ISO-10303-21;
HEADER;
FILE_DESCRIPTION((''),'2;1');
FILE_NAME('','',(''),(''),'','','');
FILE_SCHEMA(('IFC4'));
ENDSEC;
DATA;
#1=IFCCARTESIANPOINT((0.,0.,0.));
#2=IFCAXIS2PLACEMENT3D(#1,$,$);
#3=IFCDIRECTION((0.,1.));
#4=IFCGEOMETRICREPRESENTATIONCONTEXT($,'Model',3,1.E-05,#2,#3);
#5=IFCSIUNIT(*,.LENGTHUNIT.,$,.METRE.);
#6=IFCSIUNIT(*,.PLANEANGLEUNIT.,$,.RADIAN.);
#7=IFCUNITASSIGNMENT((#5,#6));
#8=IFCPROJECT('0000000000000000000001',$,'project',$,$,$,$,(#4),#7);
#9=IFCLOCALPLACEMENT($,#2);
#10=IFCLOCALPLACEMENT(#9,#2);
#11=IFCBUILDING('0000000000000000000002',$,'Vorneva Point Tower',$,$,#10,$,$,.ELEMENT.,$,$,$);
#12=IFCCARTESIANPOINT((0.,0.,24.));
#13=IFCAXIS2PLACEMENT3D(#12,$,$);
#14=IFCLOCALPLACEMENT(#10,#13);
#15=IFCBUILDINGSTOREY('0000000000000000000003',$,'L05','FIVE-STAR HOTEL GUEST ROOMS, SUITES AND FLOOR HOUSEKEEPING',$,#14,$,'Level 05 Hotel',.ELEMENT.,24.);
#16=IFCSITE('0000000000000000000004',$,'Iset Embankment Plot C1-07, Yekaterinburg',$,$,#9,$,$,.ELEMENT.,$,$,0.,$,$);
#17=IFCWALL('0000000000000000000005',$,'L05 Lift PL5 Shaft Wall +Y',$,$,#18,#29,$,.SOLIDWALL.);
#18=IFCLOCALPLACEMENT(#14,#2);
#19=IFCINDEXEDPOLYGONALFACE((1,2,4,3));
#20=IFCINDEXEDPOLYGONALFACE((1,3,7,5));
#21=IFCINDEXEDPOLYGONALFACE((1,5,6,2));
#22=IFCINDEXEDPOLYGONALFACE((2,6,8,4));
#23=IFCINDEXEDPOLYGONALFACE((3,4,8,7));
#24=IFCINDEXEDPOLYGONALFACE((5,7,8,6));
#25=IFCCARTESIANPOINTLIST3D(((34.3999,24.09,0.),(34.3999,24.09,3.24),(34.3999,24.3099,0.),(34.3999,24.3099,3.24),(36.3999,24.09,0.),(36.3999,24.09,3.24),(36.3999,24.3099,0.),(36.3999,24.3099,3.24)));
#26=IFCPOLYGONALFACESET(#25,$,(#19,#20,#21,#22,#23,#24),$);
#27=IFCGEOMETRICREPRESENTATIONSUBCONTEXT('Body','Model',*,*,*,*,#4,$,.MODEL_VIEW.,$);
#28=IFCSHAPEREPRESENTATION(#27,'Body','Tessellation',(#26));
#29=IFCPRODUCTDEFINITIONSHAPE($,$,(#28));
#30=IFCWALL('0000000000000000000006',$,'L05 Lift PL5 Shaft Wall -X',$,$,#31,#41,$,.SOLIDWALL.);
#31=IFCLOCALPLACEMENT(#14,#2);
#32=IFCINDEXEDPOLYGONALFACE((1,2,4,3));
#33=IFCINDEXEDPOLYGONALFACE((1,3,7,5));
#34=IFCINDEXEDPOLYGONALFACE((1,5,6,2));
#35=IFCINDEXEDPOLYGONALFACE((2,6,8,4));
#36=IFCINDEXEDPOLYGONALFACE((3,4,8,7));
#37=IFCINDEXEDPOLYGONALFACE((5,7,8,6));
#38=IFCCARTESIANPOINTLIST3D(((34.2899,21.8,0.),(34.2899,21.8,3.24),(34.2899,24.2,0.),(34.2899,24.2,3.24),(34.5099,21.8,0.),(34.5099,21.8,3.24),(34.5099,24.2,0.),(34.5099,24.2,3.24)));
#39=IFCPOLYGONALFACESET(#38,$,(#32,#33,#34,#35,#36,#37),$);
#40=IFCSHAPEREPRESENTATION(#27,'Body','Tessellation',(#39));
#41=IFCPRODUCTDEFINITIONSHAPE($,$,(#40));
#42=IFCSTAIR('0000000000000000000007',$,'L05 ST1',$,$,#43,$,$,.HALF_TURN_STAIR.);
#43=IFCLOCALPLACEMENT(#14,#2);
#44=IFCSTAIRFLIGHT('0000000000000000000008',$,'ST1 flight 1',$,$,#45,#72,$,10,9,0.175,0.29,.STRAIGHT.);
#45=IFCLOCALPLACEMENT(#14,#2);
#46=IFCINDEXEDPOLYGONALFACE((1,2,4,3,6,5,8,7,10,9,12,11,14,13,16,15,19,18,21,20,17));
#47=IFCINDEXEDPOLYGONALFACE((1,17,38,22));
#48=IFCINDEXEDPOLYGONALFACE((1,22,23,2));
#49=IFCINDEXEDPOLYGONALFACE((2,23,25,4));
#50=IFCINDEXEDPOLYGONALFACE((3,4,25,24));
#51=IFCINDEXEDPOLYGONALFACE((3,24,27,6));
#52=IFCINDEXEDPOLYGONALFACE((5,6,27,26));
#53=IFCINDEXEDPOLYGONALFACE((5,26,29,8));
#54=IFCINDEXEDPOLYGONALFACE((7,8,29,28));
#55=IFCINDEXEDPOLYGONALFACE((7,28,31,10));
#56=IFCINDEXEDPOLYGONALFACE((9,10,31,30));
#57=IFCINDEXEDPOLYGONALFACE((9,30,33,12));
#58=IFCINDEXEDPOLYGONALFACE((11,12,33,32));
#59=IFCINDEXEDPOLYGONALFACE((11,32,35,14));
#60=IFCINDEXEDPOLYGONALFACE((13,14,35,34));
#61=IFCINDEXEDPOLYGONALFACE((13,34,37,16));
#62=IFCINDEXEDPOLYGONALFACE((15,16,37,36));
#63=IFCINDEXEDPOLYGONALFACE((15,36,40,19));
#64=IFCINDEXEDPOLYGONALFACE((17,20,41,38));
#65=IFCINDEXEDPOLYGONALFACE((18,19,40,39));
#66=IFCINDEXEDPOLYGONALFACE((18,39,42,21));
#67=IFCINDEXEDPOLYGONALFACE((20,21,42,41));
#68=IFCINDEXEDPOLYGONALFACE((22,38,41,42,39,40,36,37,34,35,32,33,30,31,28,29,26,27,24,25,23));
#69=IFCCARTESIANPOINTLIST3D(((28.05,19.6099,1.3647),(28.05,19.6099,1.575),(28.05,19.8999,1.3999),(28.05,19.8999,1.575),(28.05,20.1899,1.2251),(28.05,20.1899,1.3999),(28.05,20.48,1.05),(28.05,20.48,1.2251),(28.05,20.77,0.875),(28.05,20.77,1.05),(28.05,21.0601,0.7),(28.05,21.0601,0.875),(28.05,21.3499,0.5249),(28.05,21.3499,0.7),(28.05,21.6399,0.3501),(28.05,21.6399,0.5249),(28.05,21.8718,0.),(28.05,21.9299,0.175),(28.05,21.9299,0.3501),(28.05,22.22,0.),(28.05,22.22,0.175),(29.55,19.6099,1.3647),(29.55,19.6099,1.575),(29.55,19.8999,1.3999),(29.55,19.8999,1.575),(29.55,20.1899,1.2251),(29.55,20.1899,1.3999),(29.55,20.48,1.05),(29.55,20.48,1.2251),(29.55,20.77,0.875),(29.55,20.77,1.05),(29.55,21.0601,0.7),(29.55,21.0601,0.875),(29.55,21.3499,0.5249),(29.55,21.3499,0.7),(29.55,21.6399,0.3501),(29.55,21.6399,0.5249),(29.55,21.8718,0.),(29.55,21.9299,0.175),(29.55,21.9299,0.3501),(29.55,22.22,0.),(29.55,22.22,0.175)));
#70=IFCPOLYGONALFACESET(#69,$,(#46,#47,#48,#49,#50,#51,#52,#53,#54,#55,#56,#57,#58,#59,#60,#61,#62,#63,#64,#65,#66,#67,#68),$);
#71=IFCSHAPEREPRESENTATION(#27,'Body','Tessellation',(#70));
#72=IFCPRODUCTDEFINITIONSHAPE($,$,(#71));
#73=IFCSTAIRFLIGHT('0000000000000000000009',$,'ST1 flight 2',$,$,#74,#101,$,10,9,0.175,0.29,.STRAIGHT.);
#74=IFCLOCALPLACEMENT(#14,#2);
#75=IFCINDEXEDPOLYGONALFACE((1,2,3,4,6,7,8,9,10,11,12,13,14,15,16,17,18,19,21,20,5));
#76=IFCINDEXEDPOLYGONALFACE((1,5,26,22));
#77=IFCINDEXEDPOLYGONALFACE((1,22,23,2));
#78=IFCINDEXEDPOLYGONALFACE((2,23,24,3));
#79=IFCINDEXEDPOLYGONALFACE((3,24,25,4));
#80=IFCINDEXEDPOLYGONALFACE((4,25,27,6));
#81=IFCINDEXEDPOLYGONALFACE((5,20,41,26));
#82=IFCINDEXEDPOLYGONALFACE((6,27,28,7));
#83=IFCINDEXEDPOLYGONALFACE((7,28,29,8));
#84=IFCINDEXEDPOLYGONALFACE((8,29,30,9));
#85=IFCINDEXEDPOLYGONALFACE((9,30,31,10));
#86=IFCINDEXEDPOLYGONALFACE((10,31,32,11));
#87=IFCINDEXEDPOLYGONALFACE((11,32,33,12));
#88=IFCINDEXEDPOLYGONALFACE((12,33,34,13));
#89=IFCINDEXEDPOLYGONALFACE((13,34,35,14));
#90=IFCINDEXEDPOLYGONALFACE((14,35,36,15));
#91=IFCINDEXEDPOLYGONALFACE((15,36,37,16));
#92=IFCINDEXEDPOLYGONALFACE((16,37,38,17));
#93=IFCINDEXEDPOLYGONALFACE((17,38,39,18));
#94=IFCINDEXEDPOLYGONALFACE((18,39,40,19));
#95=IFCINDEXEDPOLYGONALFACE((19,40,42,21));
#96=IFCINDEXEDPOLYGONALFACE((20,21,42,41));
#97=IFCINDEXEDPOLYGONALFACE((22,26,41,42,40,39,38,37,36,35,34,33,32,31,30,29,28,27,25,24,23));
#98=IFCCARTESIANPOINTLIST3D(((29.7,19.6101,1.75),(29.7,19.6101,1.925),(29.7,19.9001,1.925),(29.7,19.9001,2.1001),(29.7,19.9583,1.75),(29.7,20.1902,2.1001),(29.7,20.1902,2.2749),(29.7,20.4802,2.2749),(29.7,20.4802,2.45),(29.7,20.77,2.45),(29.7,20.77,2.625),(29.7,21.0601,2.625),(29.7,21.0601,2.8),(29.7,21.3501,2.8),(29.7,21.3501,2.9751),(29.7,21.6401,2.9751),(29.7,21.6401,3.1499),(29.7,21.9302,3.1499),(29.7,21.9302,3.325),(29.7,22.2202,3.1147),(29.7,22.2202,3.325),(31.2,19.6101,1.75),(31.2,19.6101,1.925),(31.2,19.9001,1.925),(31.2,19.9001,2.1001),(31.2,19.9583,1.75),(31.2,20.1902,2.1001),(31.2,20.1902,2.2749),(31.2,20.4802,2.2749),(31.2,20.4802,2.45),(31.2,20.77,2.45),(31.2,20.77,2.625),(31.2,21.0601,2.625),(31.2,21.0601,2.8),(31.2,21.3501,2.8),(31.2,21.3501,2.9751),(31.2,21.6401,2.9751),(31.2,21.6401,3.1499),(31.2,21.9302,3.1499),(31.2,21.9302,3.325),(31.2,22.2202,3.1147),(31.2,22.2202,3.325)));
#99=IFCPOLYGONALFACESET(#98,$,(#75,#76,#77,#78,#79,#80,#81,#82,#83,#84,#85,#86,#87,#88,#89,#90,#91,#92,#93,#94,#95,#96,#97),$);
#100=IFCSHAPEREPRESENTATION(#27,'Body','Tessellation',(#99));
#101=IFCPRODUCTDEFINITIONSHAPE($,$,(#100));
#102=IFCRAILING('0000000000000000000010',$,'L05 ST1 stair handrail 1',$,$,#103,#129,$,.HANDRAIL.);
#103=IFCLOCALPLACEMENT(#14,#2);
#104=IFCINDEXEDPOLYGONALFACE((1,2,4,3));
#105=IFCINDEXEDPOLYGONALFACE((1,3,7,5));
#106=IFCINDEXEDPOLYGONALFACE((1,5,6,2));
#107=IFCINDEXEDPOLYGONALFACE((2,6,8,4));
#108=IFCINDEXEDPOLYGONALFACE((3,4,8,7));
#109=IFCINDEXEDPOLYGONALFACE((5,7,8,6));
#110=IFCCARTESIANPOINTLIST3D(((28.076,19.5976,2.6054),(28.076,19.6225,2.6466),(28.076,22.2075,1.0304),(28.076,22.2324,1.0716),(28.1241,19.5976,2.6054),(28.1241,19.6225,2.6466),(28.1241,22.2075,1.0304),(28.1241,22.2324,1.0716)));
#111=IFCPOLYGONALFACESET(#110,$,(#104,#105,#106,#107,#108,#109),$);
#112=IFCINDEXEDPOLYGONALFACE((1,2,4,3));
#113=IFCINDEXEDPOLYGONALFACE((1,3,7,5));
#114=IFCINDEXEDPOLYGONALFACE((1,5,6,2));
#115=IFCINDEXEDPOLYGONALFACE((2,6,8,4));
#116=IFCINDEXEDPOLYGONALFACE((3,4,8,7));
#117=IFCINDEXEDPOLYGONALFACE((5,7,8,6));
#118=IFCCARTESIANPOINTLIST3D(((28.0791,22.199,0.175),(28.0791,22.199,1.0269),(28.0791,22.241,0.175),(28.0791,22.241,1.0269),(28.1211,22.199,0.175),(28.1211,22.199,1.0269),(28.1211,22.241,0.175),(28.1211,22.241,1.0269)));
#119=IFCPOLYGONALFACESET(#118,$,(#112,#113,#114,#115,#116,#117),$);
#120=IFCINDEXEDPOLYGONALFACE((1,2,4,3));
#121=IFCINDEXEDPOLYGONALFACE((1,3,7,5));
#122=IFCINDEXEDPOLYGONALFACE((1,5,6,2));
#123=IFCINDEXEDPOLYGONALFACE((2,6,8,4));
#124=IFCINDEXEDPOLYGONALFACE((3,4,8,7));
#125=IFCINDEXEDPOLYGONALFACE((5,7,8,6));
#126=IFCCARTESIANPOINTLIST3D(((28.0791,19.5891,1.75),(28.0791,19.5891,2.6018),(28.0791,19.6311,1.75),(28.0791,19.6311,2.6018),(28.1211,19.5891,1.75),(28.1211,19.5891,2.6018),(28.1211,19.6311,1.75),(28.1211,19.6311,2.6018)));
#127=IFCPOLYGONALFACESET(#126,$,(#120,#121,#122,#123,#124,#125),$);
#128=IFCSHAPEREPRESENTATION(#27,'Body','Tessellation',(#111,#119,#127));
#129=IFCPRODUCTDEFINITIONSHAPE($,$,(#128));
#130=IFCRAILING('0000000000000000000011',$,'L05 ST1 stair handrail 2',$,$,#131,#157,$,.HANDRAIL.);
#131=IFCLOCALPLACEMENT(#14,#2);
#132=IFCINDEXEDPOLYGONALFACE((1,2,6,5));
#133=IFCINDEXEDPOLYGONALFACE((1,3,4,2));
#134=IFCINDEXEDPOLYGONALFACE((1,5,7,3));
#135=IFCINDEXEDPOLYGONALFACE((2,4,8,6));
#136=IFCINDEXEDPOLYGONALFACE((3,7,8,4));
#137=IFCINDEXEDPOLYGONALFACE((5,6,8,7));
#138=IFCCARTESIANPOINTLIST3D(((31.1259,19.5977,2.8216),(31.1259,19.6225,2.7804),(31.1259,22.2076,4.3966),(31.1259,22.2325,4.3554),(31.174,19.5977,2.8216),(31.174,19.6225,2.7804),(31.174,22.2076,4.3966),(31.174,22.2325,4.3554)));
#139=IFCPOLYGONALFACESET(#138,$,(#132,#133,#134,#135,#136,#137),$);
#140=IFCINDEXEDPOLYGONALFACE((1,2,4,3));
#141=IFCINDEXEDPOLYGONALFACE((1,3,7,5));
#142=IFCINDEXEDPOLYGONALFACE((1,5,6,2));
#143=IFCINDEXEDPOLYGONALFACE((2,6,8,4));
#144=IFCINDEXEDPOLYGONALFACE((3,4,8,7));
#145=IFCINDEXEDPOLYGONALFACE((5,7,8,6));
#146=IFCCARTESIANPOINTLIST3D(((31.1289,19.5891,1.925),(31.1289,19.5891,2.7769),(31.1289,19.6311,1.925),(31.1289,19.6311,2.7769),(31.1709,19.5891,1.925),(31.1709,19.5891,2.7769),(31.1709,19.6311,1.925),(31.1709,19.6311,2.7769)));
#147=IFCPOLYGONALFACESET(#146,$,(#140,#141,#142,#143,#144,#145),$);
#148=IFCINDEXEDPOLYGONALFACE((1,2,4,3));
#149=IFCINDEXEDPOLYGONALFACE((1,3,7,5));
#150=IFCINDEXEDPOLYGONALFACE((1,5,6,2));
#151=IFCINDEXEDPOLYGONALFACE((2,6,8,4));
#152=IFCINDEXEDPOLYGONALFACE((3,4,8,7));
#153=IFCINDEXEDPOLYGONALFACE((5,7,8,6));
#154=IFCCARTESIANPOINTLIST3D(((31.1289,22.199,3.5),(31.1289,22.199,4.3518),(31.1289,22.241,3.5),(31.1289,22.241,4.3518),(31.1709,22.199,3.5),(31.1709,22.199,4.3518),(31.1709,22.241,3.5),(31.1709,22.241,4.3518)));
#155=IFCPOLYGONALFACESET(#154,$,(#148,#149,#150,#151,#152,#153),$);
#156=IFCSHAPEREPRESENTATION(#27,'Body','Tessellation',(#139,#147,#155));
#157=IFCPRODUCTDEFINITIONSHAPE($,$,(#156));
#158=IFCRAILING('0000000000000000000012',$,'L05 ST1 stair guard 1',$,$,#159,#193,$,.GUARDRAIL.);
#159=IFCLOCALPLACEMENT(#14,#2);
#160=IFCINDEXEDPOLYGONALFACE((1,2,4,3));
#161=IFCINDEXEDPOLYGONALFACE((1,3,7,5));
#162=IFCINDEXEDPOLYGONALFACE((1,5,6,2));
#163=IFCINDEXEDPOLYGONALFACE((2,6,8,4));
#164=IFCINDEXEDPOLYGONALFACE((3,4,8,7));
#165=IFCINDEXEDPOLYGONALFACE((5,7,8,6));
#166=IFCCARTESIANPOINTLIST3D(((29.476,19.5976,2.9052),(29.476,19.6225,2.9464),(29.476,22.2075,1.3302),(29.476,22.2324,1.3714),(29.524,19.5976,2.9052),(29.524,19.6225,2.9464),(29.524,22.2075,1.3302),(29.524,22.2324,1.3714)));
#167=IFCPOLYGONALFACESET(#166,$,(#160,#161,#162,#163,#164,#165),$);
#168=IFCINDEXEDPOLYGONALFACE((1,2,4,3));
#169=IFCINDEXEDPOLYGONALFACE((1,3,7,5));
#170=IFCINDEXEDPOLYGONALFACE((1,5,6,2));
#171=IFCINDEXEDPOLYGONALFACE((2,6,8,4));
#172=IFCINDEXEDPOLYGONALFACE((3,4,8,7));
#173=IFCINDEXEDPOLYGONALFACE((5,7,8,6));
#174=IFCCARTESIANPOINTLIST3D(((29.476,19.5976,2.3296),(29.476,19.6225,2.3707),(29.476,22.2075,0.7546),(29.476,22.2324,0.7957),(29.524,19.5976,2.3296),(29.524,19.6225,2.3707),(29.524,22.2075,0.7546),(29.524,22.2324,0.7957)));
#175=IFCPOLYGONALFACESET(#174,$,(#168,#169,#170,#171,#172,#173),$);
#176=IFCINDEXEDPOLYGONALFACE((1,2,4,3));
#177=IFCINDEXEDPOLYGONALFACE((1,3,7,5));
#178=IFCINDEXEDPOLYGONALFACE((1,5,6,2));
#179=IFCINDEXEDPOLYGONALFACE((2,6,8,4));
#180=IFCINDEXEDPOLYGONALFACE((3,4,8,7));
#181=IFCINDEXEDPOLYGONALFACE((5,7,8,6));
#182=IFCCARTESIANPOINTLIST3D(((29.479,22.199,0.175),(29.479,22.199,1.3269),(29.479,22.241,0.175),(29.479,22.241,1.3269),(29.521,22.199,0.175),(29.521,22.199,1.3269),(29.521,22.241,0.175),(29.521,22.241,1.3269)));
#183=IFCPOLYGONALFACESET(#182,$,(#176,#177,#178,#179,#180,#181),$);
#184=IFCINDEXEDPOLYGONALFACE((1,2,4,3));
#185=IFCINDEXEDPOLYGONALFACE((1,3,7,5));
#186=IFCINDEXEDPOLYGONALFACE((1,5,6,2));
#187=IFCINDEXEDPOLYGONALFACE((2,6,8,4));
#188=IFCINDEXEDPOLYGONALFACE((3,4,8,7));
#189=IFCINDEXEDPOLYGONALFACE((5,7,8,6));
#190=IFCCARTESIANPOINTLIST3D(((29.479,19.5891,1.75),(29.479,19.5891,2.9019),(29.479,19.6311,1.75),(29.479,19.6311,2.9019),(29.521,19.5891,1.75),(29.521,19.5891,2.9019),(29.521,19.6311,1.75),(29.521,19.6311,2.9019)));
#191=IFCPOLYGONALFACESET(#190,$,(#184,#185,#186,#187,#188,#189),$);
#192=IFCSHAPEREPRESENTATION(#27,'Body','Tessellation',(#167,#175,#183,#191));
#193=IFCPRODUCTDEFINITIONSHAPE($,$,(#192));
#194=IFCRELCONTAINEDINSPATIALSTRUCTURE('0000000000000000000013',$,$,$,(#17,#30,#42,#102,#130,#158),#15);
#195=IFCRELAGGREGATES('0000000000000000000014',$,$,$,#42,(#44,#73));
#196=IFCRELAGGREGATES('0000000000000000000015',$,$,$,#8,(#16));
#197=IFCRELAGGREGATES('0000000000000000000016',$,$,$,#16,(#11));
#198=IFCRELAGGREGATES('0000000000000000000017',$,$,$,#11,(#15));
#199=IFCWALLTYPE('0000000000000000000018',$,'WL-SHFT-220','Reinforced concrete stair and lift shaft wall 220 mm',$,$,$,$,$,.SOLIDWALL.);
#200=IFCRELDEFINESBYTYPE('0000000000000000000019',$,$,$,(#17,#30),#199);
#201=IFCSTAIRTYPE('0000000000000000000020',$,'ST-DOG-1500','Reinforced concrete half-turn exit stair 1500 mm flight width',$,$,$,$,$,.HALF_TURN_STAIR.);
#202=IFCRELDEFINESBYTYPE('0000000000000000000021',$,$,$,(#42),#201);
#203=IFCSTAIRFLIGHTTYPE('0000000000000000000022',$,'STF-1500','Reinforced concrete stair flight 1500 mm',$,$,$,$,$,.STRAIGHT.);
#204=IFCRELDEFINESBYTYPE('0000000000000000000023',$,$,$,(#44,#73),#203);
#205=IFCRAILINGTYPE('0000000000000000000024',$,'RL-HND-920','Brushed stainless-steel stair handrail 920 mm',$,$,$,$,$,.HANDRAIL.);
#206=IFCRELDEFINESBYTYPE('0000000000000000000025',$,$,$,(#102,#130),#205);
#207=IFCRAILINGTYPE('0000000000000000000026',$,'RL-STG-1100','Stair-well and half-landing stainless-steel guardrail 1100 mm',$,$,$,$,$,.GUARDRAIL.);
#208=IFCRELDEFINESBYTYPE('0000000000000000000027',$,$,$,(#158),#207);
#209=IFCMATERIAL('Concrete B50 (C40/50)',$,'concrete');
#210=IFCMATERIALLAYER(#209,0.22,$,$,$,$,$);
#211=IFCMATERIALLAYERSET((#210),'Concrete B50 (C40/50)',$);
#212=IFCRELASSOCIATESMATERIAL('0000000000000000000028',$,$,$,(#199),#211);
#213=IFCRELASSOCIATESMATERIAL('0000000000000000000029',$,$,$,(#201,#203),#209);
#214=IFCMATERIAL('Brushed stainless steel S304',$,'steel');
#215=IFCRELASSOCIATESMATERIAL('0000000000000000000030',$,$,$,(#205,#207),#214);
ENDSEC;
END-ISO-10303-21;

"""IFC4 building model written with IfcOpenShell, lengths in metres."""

from ifc_helpers import new_model, si_unit, direction, frame, frame_2d, origin, origin_2d, place, context, subcontext, project, spatial, polyline, rectangle, outline, extrude, material, layer, layer_set, type_object, element, aggregate, save


model = new_model("IFC4")

# Units and contexts
model_context = context("Model", 3, precision=1e-05, world=origin(), true_north=direction((0.0, 1.0)))
body_context = subcontext(model_context, "Body", "Model", "MODEL_VIEW")
ifc_project = project(units=[si_unit("LENGTHUNIT", "METRE"), si_unit("PLANEANGLEUNIT", "RADIAN")], contexts=[model_context])

# Site, building, storey
site_placement = place(None, origin())
site = spatial("IfcSite", under=ifc_project, at=site_placement, Name="Iset Embankment Plot C1-07, Yekaterinburg", CompositionType="ELEMENT", RefElevation=0.0)
building_placement = place(site_placement, origin())
building = spatial("IfcBuilding", under=site, at=building_placement, Name="Vorneva Point Tower", CompositionType="ELEMENT")
storey_placement = place(building_placement, frame((0.0, 0.0, 24.0)))
storey = spatial("IfcBuildingStorey", under=building, at=storey_placement, Name="L05", Description="FIVE-STAR HOTEL GUEST ROOMS, SUITES AND FLOOR HOUSEKEEPING", LongName="Level 05 Hotel", CompositionType="ELEMENT", Elevation=24.0)

# Shared definitions
ifc_material_1 = material(Name="Concrete B50 (C40/50)", Category="concrete")
ifc_layer_1 = layer(ifc_material_1, 0.22)
ifc_layer_set_1 = layer_set([ifc_layer_1], Name="Concrete B50 (C40/50)")
wall_type_1 = type_object("IfcWallType", Name="WL-SHFT-220", Description="Reinforced concrete stair and lift shaft wall 220 mm", PredefinedType="SOLIDWALL", material=ifc_layer_set_1)

# Walls
wall_1_placement = place(storey_placement, frame((36.3999, 24.2, 0.0), z_axis=(0.0, 0.0, 1.0), x_axis=(-1.0, 0.0, 0.0)))
element("IfcWall", 1, at=wall_1_placement, inside=storey, type_object=wall_type_1, Name="L05 Lift PL5 Shaft Wall +Y", PredefinedType="SOLIDWALL", context=body_context, shape_type="SweptSolid", body=[
    extrude(rectangle(XDim=2.0, YDim=0.22, at=frame_2d((1.0, 0.0))), origin(), (0.0, 0.0, 1.0), 3.24),
])
wall_2_placement = place(storey_placement, frame((34.3999, 24.2, 0.0), z_axis=(0.0, 0.0, 1.0), x_axis=(0.0, -1.0, 0.0)))
element("IfcWall", 2, at=wall_2_placement, inside=storey, type_object=wall_type_1, Name="L05 Lift PL5 Shaft Wall -X", PredefinedType="SOLIDWALL", context=body_context, shape_type="SweptSolid", body=[
    extrude(rectangle(XDim=2.3999, YDim=0.22, at=frame_2d((1.2, 0.0))), origin(), (0.0, 0.0, 1.0), 3.24),
])

# Stair, stair flights
stair_type = type_object("IfcStairType", Name="ST-DOG-1500", Description="Reinforced concrete half-turn exit stair 1500 mm flight width", PredefinedType="HALF_TURN_STAIR", material=ifc_material_1)
stair_placement = place(storey_placement, origin())
stair = element("IfcStair", 3, at=stair_placement, inside=storey, type_object=stair_type, Name="L05 ST1", PredefinedType="HALF_TURN_STAIR")
stair_flight_type = type_object("IfcStairFlightType", Name="STF-1500", Description="Reinforced concrete stair flight 1500 mm", PredefinedType="STRAIGHT", material=ifc_material_1)
stair_flight_1_placement = place(storey_placement, frame((28.8, 22.22, 0.0), z_axis=(0.0, 0.0, 1.0), x_axis=(0.0, -1.0, 0.0)))
stair_flight_1 = element("IfcStairFlight", 4, at=stair_flight_1_placement, type_object=stair_flight_type, Name="ST1 flight 1", NumberOfRisers=10, NumberOfTreads=9, PredefinedType="STRAIGHT", RiserHeight=0.175, TreadLength=0.29, context=body_context, shape_type="SweptSolid", body=[
    extrude(outline(polyline([(0.0, 0.0), (0.0, 0.175), (0.29, 0.175), (0.29, 0.3501), (0.5801, 0.3501), (0.5801, 0.5249), (0.8701, 0.5249), (0.8701, 0.7), (1.1599, 0.7), (1.1599, 0.875), (1.45, 0.875), (1.45, 1.05), (1.74, 1.05), (1.74, 1.2251), (2.03, 1.2251), (2.03, 1.3999), (2.3201, 1.3999), (2.3201, 1.575), (2.6101, 1.575), (2.6101, 1.75), (2.6101, 1.3647), (0.3481, 0.0), (0.0, 0.0)])), frame((0.0, 0.75, 0.0), z_axis=(0.0, -1.0, 0.0), x_axis=(1.0, 0.0, 0.0)), (0.0, 0.0, 1.0), 1.5),
])
stair_flight_2_placement = place(storey_placement, frame((30.45, 19.6101, 1.75), z_axis=(0.0, 0.0, 1.0), x_axis=(0.0, 1.0, 0.0)))
stair_flight_2 = element("IfcStairFlight", 5, at=stair_flight_2_placement, type_object=stair_flight_type, Name="ST1 flight 2", NumberOfRisers=10, NumberOfTreads=9, PredefinedType="STRAIGHT", RiserHeight=0.175, TreadLength=0.29, context=body_context, shape_type="SweptSolid", body=[
    extrude(outline(polyline([(0.0, 0.0), (0.0, 0.175), (0.29, 0.175), (0.29, 0.3501), (0.5801, 0.3501), (0.5801, 0.5249), (0.8701, 0.5249), (0.8701, 0.7), (1.1599, 0.7), (1.1599, 0.875), (1.45, 0.875), (1.45, 1.05), (1.74, 1.05), (1.74, 1.2251), (2.03, 1.2251), (2.03, 1.3999), (2.3201, 1.3999), (2.3201, 1.575), (2.6101, 1.575), (2.6101, 1.75), (2.6101, 1.3647), (0.3481, 0.0), (0.0, 0.0)])), frame((0.0, 0.75, 0.0), z_axis=(0.0, -1.0, 0.0), x_axis=(1.0, 0.0, 0.0)), (0.0, 0.0, 1.0), 1.5),
])
aggregate(stair, [stair_flight_1, stair_flight_2])

# Railings
ifc_material_2 = material(Name="Brushed stainless steel S304", Category="steel")
railing_type_1 = type_object("IfcRailingType", Name="RL-HND-920", Description="Brushed stainless-steel stair handrail 920 mm", PredefinedType="HANDRAIL", material=ifc_material_2)
railing_1_placement = place(storey_placement, frame((28.1001, 22.22, 0.175)))
element("IfcRailing", 6, at=railing_1_placement, inside=storey, type_object=railing_type_1, Name="L05 ST1 stair handrail 1", PredefinedType="HANDRAIL", context=body_context, shape_type="SweptSolid", body=[
    extrude(rectangle(XDim=0.0481, YDim=0.0481, at=origin_2d()), frame((0.0, 0.0, 0.876), z_axis=(0.0, -0.856183, 0.516673), x_axis=(1.0, 0.0, 0.0)), (0.0, 0.0, 1.0), 3.0483),
    extrude(rectangle(XDim=0.042, YDim=0.042, at=origin_2d()), origin(), (0.0, 0.0, 1.0), 0.8518),
    extrude(rectangle(XDim=0.042, YDim=0.042, at=origin_2d()), frame((0.0, -2.6099, 1.575)), (0.0, 0.0, 1.0), 0.8518),
])
railing_2_placement = place(storey_placement, frame((31.1499, 19.6101, 1.925)))
element("IfcRailing", 7, at=railing_2_placement, inside=storey, type_object=railing_type_1, Name="L05 ST1 stair handrail 2", PredefinedType="HANDRAIL", context=body_context, shape_type="SweptSolid", body=[
    extrude(rectangle(XDim=0.0481, YDim=0.0481, at=origin_2d()), frame((0.0, 0.0, 0.876), z_axis=(0.0, 0.856183, 0.516673), x_axis=(-1.0, 0.0, 0.0)), (0.0, 0.0, 1.0), 3.0483),
    extrude(rectangle(XDim=0.042, YDim=0.042, at=origin_2d()), origin(), (0.0, 0.0, 1.0), 0.8518),
    extrude(rectangle(XDim=0.042, YDim=0.042, at=origin_2d()), frame((0.0, 2.6099, 1.575)), (0.0, 0.0, 1.0), 0.8518),
])
railing_type_2 = type_object("IfcRailingType", Name="RL-STG-1100", Description="Stair-well and half-landing stainless-steel guardrail 1100 mm", PredefinedType="GUARDRAIL", material=ifc_material_2)
railing_3_placement = place(storey_placement, frame((29.5, 22.22, 0.175)))
element("IfcRailing", 8, at=railing_3_placement, inside=storey, type_object=railing_type_2, Name="L05 ST1 stair guard 1", PredefinedType="GUARDRAIL", context=body_context, shape_type="SweptSolid", body=[
    extrude(rectangle(XDim=0.0481, YDim=0.0481, at=origin_2d()), frame((0.0, 0.0, 1.1758), z_axis=(0.0, -0.856183, 0.516673), x_axis=(1.0, 0.0, 0.0)), (0.0, 0.0, 1.0), 3.0483),
    extrude(rectangle(XDim=0.0481, YDim=0.0481, at=origin_2d()), frame((0.0, 0.0, 0.6001), z_axis=(0.0, -0.856183, 0.516673), x_axis=(1.0, 0.0, 0.0)), (0.0, 0.0, 1.0), 3.0483),
    extrude(rectangle(XDim=0.042, YDim=0.042, at=origin_2d()), origin(), (0.0, 0.0, 1.0), 1.1519),
    extrude(rectangle(XDim=0.042, YDim=0.042, at=origin_2d()), frame((0.0, -2.6099, 1.575)), (0.0, 0.0, 1.0), 1.1519),
])

save(model, "model.ifc")
